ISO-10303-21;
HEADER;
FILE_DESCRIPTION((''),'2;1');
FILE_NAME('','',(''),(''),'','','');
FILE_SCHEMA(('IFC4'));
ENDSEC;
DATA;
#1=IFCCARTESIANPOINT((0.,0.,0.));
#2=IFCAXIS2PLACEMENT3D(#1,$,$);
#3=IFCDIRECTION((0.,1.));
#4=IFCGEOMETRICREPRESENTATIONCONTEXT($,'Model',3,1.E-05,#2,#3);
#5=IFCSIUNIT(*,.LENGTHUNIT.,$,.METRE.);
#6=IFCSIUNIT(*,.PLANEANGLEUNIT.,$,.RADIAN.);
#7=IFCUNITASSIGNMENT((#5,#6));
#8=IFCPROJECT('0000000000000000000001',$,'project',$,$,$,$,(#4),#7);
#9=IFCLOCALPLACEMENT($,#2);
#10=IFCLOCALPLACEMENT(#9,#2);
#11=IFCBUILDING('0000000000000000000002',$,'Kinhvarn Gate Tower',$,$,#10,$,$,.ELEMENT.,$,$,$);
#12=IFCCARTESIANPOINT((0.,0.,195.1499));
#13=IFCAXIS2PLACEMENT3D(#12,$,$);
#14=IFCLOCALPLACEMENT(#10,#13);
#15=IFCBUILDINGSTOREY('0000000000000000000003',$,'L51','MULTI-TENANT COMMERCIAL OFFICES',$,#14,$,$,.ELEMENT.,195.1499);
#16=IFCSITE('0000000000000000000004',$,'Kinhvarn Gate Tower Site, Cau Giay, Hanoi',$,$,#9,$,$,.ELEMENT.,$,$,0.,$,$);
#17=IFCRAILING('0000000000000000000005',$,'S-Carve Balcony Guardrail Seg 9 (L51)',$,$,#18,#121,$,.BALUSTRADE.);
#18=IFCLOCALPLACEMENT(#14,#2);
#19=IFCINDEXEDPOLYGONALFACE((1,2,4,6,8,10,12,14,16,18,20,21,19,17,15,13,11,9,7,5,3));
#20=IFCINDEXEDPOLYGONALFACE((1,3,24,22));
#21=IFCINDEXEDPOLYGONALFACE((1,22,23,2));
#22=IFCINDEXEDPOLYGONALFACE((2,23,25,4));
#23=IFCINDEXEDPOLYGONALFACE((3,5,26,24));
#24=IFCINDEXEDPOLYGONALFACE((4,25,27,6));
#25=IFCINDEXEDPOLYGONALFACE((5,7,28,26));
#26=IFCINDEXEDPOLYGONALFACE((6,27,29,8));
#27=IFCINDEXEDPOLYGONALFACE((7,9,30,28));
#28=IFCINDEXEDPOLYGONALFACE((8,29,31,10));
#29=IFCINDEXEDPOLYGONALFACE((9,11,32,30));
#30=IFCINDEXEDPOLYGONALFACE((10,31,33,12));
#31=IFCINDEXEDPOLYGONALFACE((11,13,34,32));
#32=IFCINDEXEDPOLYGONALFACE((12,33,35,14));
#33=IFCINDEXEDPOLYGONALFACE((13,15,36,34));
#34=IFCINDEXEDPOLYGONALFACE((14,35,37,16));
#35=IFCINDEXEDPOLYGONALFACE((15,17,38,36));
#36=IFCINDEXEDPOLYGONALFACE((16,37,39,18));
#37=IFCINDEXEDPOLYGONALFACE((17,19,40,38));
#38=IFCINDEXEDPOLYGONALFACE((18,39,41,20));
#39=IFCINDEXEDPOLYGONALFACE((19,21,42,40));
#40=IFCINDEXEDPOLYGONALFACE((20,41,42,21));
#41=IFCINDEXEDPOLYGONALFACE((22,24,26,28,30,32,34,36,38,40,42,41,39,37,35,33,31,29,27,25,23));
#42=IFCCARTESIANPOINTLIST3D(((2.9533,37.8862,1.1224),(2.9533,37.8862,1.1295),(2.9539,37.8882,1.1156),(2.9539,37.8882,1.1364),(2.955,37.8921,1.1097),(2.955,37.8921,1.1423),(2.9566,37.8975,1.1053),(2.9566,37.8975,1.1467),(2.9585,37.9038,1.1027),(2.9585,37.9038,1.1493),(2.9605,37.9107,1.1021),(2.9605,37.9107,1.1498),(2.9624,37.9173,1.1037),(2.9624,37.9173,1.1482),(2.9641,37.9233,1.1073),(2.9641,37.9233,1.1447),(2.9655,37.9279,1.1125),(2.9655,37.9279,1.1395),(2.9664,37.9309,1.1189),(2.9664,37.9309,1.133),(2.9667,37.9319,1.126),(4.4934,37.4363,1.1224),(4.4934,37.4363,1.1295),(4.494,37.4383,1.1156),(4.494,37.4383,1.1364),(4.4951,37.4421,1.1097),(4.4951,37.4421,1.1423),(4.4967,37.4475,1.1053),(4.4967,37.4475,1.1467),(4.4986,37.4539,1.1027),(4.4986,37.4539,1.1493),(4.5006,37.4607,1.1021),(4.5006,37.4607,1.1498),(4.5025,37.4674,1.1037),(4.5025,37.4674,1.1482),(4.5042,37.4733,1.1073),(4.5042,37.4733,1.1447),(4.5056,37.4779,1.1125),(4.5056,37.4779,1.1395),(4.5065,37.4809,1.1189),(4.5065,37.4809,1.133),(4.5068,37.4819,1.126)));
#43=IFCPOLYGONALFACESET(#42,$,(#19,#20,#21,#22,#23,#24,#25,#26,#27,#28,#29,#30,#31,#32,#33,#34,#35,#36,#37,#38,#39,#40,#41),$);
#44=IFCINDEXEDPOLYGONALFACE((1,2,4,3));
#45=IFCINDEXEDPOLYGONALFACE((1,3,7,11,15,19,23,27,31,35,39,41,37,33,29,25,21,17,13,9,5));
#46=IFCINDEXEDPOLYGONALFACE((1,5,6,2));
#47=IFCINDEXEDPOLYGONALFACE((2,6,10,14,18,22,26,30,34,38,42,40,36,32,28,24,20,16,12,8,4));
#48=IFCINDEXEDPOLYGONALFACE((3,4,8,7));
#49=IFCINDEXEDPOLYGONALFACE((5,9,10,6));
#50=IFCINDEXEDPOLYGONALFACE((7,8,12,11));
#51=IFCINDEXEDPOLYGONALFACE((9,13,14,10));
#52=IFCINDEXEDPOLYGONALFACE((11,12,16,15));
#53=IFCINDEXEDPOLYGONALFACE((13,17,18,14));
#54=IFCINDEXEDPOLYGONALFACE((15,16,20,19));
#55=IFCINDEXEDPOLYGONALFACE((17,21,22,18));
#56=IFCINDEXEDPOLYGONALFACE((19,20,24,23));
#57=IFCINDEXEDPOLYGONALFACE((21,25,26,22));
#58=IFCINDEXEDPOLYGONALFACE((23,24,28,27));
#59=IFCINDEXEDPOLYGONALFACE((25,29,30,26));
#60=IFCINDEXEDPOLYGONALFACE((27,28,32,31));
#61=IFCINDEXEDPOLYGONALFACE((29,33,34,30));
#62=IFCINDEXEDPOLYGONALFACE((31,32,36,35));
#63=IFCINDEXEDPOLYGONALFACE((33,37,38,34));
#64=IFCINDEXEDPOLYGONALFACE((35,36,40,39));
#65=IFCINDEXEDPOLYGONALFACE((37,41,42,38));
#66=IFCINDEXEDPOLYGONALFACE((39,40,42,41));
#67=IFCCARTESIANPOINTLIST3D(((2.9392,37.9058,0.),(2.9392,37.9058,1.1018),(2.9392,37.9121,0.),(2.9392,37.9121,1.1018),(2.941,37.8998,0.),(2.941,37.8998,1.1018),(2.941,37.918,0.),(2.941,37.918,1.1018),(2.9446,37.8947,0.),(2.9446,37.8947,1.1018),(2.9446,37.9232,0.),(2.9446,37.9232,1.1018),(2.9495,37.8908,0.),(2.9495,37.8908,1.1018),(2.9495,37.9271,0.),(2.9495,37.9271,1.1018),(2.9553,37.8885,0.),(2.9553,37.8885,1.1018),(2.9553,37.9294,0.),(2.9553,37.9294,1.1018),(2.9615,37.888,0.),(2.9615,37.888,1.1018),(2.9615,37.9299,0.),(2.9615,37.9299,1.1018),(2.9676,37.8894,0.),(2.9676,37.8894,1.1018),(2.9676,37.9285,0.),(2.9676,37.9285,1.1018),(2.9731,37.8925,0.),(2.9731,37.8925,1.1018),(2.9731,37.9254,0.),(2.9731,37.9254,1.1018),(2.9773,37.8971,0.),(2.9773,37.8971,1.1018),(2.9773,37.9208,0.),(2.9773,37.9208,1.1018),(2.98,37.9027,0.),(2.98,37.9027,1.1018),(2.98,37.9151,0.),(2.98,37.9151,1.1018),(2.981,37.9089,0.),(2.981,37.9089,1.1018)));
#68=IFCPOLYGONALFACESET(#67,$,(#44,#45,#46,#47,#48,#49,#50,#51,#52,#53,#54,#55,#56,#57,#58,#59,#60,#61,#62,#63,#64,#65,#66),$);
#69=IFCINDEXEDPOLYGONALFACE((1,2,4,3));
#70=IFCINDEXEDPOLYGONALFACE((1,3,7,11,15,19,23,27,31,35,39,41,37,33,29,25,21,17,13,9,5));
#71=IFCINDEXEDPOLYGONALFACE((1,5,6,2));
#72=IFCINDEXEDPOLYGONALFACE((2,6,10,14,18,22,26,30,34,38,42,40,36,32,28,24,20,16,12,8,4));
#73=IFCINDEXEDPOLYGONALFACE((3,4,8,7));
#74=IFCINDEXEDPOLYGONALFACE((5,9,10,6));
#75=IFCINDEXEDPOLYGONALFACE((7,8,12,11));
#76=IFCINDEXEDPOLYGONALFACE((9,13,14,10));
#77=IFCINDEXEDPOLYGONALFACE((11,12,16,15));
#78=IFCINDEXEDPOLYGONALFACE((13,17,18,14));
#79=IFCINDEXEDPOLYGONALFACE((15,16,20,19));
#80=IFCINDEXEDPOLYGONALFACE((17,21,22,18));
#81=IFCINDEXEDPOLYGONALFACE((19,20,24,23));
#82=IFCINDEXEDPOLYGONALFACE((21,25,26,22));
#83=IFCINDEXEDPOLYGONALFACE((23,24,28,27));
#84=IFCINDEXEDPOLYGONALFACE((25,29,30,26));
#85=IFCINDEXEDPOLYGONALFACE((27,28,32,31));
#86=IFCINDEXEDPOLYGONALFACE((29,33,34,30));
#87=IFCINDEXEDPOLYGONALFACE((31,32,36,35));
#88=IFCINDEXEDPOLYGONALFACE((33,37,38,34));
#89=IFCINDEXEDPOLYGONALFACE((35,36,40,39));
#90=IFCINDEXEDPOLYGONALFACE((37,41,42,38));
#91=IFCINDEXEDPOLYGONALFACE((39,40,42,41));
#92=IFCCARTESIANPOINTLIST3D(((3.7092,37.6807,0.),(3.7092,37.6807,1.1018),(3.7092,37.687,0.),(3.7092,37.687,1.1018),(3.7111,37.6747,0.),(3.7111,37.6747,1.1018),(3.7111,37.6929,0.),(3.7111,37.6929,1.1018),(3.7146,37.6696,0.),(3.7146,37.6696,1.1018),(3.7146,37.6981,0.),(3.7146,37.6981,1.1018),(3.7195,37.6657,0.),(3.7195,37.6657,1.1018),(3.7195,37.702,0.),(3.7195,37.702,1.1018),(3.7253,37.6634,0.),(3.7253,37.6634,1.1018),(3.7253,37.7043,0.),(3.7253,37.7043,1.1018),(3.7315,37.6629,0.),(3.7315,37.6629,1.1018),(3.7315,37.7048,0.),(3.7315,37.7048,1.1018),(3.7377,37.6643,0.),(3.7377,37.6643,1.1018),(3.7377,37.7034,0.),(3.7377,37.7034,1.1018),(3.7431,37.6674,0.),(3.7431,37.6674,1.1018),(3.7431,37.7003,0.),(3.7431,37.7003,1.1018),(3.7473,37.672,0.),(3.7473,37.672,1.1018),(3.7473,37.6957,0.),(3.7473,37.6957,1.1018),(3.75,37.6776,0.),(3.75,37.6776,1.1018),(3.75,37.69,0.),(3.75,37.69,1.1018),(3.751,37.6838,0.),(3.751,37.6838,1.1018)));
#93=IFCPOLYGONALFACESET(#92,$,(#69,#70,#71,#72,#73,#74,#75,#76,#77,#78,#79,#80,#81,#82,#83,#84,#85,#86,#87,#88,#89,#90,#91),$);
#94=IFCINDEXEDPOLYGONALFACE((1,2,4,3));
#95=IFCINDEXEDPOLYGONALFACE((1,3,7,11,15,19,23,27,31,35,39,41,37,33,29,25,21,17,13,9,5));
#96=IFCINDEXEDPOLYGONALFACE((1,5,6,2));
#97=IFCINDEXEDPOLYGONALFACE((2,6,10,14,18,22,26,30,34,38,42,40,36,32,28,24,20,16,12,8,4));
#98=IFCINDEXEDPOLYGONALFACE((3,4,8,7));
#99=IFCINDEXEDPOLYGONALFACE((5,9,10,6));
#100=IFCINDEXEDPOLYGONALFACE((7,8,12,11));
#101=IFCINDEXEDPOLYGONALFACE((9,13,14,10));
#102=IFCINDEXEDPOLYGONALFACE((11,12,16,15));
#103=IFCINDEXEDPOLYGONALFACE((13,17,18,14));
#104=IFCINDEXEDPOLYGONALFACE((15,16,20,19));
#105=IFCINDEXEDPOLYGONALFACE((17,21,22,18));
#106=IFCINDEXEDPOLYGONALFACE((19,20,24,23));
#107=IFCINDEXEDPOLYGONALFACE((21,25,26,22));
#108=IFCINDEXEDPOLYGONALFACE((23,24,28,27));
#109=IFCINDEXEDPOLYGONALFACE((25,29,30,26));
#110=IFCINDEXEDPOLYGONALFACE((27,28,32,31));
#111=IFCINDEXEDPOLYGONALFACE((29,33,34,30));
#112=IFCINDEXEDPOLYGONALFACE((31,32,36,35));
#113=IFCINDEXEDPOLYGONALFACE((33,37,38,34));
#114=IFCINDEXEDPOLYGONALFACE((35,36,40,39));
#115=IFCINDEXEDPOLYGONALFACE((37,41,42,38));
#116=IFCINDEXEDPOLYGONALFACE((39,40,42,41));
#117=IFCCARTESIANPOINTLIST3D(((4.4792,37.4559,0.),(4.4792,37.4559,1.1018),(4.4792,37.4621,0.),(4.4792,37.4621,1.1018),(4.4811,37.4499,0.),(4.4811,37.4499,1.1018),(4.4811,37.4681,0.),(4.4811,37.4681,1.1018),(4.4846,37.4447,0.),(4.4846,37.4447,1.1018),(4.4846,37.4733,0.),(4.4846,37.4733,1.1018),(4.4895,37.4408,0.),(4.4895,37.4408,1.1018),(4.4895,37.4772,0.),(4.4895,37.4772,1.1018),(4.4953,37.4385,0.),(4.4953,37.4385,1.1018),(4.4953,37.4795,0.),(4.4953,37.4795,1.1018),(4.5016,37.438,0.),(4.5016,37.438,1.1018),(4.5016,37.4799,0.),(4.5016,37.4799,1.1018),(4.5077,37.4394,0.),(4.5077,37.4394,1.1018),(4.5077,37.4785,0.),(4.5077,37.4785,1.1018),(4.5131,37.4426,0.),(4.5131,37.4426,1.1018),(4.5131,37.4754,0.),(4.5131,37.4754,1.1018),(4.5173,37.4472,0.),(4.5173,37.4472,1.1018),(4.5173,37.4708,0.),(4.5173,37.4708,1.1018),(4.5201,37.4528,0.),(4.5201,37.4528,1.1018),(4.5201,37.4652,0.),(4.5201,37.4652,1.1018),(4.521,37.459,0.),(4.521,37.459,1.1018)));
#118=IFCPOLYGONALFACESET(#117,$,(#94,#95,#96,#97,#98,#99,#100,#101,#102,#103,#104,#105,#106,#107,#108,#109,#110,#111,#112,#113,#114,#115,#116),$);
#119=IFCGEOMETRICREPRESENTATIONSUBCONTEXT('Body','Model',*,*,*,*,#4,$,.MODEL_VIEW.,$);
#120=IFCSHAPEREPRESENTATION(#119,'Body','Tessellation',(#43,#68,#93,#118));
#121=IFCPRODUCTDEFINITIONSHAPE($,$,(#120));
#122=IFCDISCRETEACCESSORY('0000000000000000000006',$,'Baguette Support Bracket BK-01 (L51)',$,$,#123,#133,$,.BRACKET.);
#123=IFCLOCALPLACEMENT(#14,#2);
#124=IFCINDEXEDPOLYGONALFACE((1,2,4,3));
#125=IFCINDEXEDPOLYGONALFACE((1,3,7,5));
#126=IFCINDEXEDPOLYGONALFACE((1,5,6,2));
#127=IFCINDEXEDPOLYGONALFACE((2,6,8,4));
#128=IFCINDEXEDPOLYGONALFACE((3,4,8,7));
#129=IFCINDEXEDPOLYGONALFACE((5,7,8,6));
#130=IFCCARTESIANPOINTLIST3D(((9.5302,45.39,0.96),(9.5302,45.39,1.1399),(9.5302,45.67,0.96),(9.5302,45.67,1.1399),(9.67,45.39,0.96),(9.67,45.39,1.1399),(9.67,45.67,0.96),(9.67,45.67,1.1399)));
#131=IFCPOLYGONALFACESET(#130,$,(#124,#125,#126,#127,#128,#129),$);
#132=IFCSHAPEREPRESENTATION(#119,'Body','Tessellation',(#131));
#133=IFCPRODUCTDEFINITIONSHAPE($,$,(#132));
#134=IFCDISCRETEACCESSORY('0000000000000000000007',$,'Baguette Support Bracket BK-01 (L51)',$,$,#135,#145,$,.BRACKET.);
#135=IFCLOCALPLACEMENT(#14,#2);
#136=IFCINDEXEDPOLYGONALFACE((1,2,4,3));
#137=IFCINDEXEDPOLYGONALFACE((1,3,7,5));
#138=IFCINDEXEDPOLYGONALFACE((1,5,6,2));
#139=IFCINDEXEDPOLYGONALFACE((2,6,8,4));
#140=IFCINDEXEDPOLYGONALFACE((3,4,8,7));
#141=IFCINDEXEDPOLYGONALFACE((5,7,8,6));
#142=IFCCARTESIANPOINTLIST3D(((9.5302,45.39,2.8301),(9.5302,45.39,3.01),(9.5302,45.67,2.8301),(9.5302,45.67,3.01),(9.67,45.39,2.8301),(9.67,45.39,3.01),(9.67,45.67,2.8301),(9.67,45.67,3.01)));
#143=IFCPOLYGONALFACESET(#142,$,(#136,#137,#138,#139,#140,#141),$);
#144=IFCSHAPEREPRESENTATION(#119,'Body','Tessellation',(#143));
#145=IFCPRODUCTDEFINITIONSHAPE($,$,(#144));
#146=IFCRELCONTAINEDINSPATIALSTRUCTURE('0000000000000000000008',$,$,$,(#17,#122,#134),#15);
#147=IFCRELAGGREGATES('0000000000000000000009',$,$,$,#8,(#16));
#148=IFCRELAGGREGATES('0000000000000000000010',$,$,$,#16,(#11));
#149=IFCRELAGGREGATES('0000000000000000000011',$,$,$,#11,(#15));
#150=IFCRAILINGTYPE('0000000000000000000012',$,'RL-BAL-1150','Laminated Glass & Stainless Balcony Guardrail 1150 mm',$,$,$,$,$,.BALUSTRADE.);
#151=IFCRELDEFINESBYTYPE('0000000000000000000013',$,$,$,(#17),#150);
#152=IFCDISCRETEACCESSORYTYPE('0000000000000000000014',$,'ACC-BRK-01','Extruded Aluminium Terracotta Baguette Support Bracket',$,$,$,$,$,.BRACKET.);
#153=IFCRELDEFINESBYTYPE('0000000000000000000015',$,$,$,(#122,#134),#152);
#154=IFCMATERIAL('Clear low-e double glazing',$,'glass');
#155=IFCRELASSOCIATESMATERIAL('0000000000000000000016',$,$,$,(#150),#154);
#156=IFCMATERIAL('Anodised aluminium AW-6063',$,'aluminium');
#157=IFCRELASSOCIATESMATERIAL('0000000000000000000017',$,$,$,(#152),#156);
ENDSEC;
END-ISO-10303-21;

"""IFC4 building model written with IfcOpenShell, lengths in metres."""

from ifc_helpers import new_model, si_unit, direction, frame, origin, origin_2d, place, context, subcontext, project, spatial, rectangle, circle, extrude, material, type_object, element, save


model = new_model("IFC4")

# Units and contexts
model_context = context("Model", 3, precision=1e-05, world=origin(), true_north=direction((0.0, 1.0)))
body_context = subcontext(model_context, "Body", "Model", "MODEL_VIEW")
ifc_project = project(units=[si_unit("LENGTHUNIT", "METRE"), si_unit("PLANEANGLEUNIT", "RADIAN")], contexts=[model_context])

# Site, building, storey
site_placement = place(None, origin())
site = spatial("IfcSite", under=ifc_project, at=site_placement, Name="Kinhvarn Gate Tower Site, Cau Giay, Hanoi", CompositionType="ELEMENT", RefElevation=0.0)
building_placement = place(site_placement, origin())
building = spatial("IfcBuilding", under=site, at=building_placement, Name="Kinhvarn Gate Tower", CompositionType="ELEMENT")
storey_placement = place(building_placement, frame((0.0, 0.0, 195.1499)))
storey = spatial("IfcBuildingStorey", under=building, at=storey_placement, Name="L51", Description="MULTI-TENANT COMMERCIAL OFFICES", CompositionType="ELEMENT", Elevation=195.1499)

# Shared definitions
ifc_material_1 = material(Name="Anodised aluminium AW-6063", Category="aluminium")

# Shared definitions
ifc_material_2 = material(Name="Clear low-e double glazing", Category="glass")

# Railing
railing_type = type_object("IfcRailingType", Name="RL-BAL-1150", Description="Laminated Glass & Stainless Balcony Guardrail 1150 mm", PredefinedType="BALUSTRADE", material=ifc_material_2)
railing_1_placement = place(storey_placement, frame((2.96, 37.9089, 0.0)))
element("IfcRailing", 1, at=railing_1_placement, inside=storey, type_object=railing_type, Name="S-Carve Balcony Guardrail Seg 9 (L51)", PredefinedType="BALUSTRADE", context=body_context, shape_type="SweptSolid", body=[
    extrude(circle(Radius=0.0239, at=origin_2d()), frame((0.0, 0.0, 1.126), z_axis=(0.95987, -0.280444, 0.0), x_axis=(0.280444, 0.95987, 0.0)), (0.0, 0.0, 1.0), 1.6045),
    extrude(circle(Radius=0.021, at=origin_2d()), origin(), (0.0, 0.0, 1.0), 1.1018),
    extrude(circle(Radius=0.021, at=origin_2d()), frame((0.77, -0.2251, 0.0)), (0.0, 0.0, 1.0), 1.1018),
    extrude(circle(Radius=0.021, at=origin_2d()), frame((1.54, -0.45, 0.0)), (0.0, 0.0, 1.0), 1.1018),
])

# Discrete accessories
discrete_accessory_type = type_object("IfcDiscreteAccessoryType", Name="ACC-BRK-01", Description="Extruded Aluminium Terracotta Baguette Support Bracket", PredefinedType="BRACKET", material=ifc_material_1)
for number, where, z_axis, x_axis, name in (
    (2, (9.6001, 45.53, 0.96), (0.0, 0.0, 1.0), (-1.0, 0.0, 0.0), "Baguette Support Bracket BK-01 (L51)"),
    (3, (9.6001, 45.53, 2.8301), (0.0, 0.0, 1.0), (-1.0, 0.0, 0.0), "Baguette Support Bracket BK-01 (L51)"),
):
    element("IfcDiscreteAccessory", number, at=place(storey_placement, frame(where, z_axis=z_axis, x_axis=x_axis)), inside=storey, type_object=discrete_accessory_type, Name=name, PredefinedType="BRACKET", context=body_context, shape_type="SweptSolid", body=[
        extrude(rectangle(XDim=0.1399, YDim=0.28, at=origin_2d()), origin(), (0.0, 0.0, 1.0), 0.1799),
    ])

save(model, "model.ifc")
